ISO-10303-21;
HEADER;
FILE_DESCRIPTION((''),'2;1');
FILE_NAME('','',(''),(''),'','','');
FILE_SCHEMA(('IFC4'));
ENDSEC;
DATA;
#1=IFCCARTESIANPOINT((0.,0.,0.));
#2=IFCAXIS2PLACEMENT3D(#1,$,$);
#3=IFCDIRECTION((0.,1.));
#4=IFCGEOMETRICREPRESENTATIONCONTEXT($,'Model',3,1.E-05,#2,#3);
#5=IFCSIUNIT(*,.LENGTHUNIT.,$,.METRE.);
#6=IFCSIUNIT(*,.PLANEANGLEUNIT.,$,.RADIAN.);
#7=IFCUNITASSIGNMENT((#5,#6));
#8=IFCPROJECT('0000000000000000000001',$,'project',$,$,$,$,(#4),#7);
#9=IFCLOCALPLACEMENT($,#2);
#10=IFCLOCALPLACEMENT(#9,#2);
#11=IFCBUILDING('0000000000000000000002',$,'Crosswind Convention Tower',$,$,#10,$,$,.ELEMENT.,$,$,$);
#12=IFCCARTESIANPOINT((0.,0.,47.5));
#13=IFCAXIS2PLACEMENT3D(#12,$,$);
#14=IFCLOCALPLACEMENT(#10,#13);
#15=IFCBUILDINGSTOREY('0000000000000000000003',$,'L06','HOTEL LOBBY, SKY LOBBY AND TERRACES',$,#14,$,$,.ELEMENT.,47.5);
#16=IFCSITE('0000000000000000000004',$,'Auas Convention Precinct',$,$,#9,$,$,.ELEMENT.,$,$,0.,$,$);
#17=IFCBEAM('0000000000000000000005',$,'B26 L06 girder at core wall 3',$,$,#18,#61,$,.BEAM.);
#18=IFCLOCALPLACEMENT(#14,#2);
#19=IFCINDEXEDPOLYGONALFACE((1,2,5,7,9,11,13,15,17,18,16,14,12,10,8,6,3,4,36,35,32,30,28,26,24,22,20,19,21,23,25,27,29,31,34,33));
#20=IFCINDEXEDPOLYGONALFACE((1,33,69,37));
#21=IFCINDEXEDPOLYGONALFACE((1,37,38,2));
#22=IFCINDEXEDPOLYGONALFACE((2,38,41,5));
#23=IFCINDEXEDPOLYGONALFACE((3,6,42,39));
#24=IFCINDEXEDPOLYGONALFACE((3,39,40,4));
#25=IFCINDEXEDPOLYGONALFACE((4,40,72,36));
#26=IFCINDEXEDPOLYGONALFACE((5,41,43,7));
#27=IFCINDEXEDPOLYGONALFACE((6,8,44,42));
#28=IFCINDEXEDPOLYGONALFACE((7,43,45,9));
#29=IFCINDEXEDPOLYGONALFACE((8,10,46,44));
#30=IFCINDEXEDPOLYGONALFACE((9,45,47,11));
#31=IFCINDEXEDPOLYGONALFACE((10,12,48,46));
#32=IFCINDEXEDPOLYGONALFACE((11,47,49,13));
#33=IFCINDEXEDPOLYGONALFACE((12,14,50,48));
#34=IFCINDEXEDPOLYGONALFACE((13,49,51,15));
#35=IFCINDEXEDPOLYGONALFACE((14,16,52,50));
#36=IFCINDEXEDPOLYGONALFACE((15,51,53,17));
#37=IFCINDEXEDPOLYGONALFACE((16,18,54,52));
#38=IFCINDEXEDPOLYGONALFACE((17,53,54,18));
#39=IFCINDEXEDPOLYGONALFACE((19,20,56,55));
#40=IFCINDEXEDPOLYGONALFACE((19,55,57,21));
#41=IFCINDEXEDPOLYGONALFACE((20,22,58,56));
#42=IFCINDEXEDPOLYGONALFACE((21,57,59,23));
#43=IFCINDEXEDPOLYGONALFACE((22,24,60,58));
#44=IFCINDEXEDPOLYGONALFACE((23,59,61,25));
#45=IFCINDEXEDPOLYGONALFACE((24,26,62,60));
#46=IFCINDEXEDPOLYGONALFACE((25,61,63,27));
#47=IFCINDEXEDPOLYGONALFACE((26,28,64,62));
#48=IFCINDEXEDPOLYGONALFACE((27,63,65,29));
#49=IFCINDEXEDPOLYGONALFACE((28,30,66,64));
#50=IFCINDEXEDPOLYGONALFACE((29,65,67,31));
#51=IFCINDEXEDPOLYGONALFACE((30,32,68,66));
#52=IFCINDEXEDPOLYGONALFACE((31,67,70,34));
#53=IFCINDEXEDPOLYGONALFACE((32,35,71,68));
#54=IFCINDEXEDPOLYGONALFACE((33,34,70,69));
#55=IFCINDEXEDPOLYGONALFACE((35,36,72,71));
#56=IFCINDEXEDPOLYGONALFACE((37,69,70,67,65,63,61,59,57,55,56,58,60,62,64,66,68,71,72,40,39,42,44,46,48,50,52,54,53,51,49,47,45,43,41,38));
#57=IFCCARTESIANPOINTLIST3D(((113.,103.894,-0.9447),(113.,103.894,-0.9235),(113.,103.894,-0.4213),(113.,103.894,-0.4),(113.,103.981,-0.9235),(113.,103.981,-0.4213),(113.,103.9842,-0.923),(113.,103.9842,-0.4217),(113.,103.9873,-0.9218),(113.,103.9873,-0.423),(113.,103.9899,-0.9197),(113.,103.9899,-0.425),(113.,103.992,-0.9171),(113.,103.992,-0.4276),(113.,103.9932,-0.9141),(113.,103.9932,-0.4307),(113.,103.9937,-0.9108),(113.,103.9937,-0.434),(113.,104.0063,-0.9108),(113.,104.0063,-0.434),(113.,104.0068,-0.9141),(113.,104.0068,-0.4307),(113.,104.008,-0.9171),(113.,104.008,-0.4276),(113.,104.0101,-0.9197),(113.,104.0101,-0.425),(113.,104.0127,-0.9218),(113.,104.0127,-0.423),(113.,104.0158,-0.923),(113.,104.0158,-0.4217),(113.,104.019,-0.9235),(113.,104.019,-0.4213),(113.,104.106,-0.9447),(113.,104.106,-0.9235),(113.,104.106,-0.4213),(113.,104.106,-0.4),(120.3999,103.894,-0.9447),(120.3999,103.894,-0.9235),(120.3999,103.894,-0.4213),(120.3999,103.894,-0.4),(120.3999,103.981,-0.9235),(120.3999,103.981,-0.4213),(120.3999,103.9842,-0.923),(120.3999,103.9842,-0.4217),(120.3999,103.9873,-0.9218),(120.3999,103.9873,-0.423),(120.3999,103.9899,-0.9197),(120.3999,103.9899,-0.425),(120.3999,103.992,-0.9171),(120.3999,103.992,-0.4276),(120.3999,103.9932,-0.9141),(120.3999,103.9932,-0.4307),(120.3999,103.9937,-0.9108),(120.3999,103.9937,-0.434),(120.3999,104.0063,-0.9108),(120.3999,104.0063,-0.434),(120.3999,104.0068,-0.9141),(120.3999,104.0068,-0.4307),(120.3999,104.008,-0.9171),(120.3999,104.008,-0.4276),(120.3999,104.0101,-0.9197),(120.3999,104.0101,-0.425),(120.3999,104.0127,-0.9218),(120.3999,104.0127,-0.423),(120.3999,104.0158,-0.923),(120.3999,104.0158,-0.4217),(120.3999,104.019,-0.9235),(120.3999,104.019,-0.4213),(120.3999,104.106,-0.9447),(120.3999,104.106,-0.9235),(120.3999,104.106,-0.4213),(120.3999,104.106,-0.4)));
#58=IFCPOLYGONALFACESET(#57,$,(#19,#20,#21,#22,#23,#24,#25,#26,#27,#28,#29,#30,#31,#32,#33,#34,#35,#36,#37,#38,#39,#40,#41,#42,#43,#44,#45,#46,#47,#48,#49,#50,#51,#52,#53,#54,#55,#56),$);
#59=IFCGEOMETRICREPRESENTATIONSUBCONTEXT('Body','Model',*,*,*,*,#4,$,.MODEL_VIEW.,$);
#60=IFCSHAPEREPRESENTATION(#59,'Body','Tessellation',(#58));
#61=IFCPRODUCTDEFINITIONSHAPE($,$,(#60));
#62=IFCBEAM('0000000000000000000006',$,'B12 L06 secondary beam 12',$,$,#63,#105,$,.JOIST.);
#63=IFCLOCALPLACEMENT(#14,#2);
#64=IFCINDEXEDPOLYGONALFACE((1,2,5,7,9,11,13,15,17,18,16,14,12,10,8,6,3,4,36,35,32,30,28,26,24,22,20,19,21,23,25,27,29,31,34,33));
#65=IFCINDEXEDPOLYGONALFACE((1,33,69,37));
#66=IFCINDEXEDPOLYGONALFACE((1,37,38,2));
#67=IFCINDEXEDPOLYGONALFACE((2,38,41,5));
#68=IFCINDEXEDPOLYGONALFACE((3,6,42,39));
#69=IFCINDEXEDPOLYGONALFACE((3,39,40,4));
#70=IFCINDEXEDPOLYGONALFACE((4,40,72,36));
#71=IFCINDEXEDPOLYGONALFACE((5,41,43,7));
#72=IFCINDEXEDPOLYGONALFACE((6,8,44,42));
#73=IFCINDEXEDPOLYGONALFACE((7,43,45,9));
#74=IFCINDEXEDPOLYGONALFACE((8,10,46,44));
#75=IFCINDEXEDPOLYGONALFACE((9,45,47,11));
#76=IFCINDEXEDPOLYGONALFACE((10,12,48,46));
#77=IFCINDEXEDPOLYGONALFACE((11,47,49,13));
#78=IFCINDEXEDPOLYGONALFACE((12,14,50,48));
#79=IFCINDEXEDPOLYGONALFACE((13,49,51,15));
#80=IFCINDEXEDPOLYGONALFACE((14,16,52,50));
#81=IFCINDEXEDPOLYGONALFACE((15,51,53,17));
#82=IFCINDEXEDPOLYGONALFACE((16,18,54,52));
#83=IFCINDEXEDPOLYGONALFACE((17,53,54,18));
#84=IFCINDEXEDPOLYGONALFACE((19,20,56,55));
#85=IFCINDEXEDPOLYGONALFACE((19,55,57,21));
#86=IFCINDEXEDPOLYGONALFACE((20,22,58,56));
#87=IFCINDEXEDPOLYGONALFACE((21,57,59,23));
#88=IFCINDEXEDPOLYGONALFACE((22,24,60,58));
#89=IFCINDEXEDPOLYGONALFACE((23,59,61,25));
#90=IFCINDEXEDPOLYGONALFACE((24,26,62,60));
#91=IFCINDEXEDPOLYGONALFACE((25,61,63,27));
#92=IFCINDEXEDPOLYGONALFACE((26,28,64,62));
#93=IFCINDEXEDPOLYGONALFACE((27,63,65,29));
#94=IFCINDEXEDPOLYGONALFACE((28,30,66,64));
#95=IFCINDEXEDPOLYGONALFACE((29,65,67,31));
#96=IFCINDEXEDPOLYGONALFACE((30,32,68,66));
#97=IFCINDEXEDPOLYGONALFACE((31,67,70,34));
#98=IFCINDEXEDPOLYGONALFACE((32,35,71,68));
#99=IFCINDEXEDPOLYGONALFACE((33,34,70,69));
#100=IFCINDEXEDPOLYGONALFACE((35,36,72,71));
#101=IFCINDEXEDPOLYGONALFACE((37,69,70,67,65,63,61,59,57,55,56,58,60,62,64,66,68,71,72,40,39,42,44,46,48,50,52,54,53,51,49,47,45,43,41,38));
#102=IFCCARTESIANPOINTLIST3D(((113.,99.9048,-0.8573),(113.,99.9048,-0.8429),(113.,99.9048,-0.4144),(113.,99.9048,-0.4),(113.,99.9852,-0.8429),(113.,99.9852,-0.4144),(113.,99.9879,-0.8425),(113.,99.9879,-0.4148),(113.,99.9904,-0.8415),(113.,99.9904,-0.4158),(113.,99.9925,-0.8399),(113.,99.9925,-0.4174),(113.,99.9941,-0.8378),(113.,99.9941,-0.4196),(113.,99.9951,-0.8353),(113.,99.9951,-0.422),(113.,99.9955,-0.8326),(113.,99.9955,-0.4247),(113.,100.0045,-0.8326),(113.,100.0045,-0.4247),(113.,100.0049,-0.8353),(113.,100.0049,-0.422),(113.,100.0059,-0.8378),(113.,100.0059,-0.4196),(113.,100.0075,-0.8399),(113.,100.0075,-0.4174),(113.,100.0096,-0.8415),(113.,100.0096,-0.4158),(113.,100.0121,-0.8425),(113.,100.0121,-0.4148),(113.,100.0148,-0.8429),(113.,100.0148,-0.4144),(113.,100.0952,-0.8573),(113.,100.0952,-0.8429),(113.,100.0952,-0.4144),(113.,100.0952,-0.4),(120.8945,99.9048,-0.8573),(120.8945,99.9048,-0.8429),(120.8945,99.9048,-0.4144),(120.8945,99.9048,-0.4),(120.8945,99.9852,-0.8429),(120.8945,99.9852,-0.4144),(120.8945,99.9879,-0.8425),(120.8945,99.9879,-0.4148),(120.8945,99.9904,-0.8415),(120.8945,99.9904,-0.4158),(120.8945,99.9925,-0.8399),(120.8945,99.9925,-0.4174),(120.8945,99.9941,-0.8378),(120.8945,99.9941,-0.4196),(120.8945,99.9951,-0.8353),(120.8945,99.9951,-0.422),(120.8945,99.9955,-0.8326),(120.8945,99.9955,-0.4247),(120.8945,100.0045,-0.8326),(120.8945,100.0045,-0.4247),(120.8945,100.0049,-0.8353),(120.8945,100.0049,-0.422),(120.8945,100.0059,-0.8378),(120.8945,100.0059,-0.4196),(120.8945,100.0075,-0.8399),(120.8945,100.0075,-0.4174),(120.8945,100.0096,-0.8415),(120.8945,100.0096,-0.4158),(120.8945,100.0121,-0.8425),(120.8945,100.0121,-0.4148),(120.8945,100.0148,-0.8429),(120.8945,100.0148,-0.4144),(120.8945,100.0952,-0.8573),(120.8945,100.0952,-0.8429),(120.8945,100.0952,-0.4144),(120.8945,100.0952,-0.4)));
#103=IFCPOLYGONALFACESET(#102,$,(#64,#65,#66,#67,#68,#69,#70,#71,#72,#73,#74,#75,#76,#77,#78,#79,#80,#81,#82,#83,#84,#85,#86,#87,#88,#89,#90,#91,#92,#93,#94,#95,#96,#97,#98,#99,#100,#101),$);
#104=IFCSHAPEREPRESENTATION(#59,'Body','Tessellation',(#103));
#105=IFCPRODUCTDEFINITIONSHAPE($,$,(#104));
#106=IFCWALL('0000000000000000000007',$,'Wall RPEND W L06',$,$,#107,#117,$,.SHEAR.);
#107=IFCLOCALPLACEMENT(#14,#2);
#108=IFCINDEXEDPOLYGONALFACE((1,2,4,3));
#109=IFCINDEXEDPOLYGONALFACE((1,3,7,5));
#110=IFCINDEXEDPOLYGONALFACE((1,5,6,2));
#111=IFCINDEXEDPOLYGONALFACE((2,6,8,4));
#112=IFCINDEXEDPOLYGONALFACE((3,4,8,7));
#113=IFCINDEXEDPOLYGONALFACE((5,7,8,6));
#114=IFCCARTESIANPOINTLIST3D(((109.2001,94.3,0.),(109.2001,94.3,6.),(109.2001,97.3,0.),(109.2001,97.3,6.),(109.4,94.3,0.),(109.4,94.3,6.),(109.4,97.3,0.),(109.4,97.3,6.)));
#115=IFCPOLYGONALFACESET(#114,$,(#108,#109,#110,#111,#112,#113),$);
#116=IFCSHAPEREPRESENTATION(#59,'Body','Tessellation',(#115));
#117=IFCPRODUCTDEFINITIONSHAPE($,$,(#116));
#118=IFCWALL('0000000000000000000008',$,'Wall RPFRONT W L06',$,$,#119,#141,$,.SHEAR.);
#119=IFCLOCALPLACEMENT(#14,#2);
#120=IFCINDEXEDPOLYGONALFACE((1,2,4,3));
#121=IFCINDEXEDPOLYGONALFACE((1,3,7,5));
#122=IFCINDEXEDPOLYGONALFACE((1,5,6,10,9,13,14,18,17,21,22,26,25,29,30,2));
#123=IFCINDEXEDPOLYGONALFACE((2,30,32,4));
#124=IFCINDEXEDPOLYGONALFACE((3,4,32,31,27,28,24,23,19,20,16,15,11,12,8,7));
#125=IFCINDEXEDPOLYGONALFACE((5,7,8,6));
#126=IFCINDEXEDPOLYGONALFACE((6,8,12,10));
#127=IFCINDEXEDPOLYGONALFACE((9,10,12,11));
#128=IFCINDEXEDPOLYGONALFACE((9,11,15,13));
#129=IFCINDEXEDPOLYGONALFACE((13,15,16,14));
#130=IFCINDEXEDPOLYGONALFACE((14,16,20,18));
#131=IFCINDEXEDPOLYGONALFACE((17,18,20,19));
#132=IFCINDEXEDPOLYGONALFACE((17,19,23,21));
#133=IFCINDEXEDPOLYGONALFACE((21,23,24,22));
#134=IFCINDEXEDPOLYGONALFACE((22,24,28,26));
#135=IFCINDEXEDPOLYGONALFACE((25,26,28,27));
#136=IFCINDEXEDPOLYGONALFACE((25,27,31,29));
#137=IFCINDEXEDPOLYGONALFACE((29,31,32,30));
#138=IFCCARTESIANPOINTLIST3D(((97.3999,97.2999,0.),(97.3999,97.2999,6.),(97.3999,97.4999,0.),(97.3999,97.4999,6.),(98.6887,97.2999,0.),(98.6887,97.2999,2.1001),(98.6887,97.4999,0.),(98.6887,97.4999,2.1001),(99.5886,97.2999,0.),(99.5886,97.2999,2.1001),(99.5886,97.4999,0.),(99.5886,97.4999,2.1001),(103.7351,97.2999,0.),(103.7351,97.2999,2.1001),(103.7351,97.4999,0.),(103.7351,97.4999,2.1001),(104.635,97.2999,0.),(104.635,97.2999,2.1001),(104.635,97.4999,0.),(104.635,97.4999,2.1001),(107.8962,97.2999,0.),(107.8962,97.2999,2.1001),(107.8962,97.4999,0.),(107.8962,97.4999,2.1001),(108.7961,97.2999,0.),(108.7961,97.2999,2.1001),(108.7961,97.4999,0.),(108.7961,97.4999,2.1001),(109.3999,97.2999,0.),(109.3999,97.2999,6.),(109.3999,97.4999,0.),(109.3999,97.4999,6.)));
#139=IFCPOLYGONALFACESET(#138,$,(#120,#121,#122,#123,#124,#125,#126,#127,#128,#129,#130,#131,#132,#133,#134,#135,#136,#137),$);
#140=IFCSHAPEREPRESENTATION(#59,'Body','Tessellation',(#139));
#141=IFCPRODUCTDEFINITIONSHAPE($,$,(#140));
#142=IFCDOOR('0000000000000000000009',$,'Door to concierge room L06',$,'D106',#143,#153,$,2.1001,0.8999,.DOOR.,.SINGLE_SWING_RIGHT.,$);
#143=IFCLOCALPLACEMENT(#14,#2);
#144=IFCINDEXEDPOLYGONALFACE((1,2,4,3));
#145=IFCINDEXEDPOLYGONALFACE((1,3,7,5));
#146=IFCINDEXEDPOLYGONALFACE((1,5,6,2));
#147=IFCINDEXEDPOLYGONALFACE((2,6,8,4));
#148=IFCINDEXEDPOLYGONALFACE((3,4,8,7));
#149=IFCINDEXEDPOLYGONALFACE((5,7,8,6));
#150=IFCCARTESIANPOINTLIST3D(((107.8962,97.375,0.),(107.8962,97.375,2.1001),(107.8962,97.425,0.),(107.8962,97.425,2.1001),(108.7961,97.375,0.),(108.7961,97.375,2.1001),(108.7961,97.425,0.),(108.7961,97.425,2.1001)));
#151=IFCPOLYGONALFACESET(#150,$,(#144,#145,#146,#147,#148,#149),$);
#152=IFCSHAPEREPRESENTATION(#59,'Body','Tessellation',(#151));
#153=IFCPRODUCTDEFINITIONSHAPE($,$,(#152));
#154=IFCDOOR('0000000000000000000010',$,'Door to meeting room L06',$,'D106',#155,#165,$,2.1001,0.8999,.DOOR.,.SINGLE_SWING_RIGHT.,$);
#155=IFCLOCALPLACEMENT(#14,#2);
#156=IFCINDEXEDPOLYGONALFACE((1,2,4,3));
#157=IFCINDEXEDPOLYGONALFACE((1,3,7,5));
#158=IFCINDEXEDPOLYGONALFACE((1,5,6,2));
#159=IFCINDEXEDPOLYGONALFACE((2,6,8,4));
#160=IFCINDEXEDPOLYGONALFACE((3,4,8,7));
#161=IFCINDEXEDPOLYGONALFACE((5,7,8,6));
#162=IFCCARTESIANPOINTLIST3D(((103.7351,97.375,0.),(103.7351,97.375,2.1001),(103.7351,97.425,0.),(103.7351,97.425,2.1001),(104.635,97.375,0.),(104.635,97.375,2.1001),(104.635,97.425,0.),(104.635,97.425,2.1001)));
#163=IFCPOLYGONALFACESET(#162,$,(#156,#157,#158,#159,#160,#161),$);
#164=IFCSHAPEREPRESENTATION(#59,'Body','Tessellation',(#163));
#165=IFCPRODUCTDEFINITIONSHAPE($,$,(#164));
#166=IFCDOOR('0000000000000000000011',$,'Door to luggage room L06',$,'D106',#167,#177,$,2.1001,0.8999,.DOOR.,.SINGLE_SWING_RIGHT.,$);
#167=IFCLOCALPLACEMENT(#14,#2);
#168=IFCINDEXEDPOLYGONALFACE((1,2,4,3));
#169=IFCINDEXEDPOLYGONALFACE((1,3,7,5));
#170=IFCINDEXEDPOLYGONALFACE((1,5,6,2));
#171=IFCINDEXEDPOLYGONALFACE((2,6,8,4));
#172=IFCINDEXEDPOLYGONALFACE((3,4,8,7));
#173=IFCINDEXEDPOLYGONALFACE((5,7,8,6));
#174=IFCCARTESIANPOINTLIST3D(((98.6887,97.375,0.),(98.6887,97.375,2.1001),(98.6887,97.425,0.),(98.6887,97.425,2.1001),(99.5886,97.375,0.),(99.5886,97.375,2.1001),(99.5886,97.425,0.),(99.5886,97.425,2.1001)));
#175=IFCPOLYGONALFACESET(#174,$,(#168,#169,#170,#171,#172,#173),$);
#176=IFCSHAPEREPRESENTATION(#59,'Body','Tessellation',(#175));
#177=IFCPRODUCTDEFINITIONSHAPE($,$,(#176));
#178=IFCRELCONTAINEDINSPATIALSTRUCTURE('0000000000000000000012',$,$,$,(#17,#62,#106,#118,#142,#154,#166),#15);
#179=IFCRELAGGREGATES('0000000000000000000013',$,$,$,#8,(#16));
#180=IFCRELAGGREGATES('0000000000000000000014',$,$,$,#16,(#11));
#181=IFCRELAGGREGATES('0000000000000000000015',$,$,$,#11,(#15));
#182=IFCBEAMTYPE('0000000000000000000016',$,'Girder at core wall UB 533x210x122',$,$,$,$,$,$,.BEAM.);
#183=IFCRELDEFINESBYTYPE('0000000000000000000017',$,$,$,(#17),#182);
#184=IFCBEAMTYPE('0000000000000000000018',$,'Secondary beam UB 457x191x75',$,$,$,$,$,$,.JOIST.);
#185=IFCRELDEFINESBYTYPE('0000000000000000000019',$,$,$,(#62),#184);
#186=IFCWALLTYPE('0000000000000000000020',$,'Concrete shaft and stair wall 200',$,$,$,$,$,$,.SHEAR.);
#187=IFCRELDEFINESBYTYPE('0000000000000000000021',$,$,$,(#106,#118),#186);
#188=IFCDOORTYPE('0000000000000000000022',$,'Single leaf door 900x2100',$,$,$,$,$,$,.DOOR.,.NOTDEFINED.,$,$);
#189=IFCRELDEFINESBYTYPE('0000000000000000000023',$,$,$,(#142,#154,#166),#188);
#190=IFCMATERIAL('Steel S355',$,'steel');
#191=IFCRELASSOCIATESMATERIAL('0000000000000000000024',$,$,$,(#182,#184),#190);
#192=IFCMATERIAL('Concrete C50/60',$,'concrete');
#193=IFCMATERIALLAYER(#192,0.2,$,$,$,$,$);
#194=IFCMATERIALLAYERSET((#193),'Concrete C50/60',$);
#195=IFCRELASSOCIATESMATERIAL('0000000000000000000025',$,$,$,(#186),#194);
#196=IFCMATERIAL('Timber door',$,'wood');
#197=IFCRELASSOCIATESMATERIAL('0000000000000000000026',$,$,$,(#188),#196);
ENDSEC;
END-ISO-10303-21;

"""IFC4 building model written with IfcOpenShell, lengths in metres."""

from ifc_helpers import new_model, si_unit, direction, frame, frame_2d, origin, origin_2d, place, context, subcontext, project, spatial, rectangle, i_section, extrude, material, layer, layer_set, material_profile, profile_set, type_object, element, fill, save


model = new_model("IFC4")

# Units and contexts
model_context = context("Model", 3, precision=1e-05, world=origin(), true_north=direction((0.0, 1.0)))
body_context = subcontext(model_context, "Body", "Model", "MODEL_VIEW")
ifc_project = project(units=[si_unit("LENGTHUNIT", "METRE"), si_unit("PLANEANGLEUNIT", "RADIAN")], contexts=[model_context])

# Site, building, storey
site_placement = place(None, origin())
site = spatial("IfcSite", under=ifc_project, at=site_placement, Name="Auas Convention Precinct", CompositionType="ELEMENT", RefElevation=0.0)
building_placement = place(site_placement, origin())
building = spatial("IfcBuilding", under=site, at=building_placement, Name="Crosswind Convention Tower", CompositionType="ELEMENT")
storey_placement = place(building_placement, frame((0.0, 0.0, 47.5)))
storey = spatial("IfcBuildingStorey", under=building, at=storey_placement, Name="L06", Description="HOTEL LOBBY, SKY LOBBY AND TERRACES", CompositionType="ELEMENT", Elevation=47.5)

# Beams
ifc_material_1 = material(Name="Steel S355", Category="steel")
ifc_material_profile_1 = material_profile(ifc_material_1, i_section(OverallWidth=0.2119, OverallDepth=0.5447, WebThickness=0.0127, FlangeThickness=0.0212, FilletRadius=0.0127, at=origin_2d()), Name="UB 533x210x122")
ifc_profile_set_1 = profile_set([ifc_material_profile_1], Name="Steel S355")
beam_type_1 = type_object("IfcBeamType", Name="Girder at core wall UB 533x210x122", PredefinedType="BEAM", material=ifc_profile_set_1)
for number, where, z_axis, x_axis, name in (
    (1, (113.0, 104.0, -0.6724), (1.0, 0.0, 0.0), (0.0, 1.0, 0.0), "B26 L06 girder at core wall 3"),
):
    element("IfcBeam", number, at=place(storey_placement, frame(where, z_axis=z_axis, x_axis=x_axis)), inside=storey, type_object=beam_type_1, Name=name, PredefinedType="BEAM", context=body_context, shape_type="SweptSolid", body=[
        extrude(i_section(OverallWidth=0.2119, OverallDepth=0.5447, WebThickness=0.0127, FlangeThickness=0.0212, FilletRadius=0.0127, at=origin_2d()), origin(), (0.0, 0.0, 1.0), 7.3999),
    ])
ifc_material_profile_2 = material_profile(ifc_material_1, i_section(OverallWidth=0.1904, OverallDepth=0.4573, WebThickness=0.009, FlangeThickness=0.0144, FilletRadius=0.0103, at=origin_2d()), Name="UB 457x191x75")
ifc_profile_set_2 = profile_set([ifc_material_profile_2], Name="Steel S355")
beam_type_2 = type_object("IfcBeamType", Name="Secondary beam UB 457x191x75", PredefinedType="JOIST", material=ifc_profile_set_2)
beam_placement = place(storey_placement, frame((113.0, 100.0, -0.6287), z_axis=(1.0, 0.0, 0.0), x_axis=(0.0, 1.0, 0.0)))
element("IfcBeam", 2, at=beam_placement, inside=storey, type_object=beam_type_2, Name="B12 L06 secondary beam 12", PredefinedType="JOIST", context=body_context, shape_type="SweptSolid", body=[
    extrude(i_section(OverallWidth=0.1904, OverallDepth=0.4573, WebThickness=0.009, FlangeThickness=0.0144, FilletRadius=0.0103, at=origin_2d()), origin(), (0.0, 0.0, 1.0), 7.8945),
])

# Shared definitions
ifc_material_2 = material(Name="Concrete C50/60", Category="concrete")

# Wall
ifc_layer_1 = layer(ifc_material_2, 0.2)
ifc_layer_set_1 = layer_set([ifc_layer_1], Name="Concrete C50/60")
wall_type_1 = type_object("IfcWallType", Name="Concrete shaft and stair wall 200", PredefinedType="SHEAR", material=ifc_layer_set_1)
wall_1_placement = place(storey_placement, frame((109.3, 97.3, 0.0), z_axis=(0.0, 0.0, 1.0), x_axis=(0.0, -1.0, 0.0)))
element("IfcWall", 3, at=wall_1_placement, inside=storey, type_object=wall_type_1, Name="Wall RPEND W L06", PredefinedType="SHEAR", context=body_context, shape_type="SweptSolid", body=[
    extrude(rectangle(XDim=3.0, YDim=0.2, at=frame_2d((1.5, 0.0))), origin(), (0.0, 0.0, 1.0), 6.0),
])

# Wall, openings, doors
wall_2_placement = place(storey_placement, frame((109.3999, 97.3999, 0.0), z_axis=(0.0, 0.0, 1.0), x_axis=(-1.0, 0.0, 0.0)))
wall_2 = element("IfcWall", 4, at=wall_2_placement, inside=storey, type_object=wall_type_1, Name="Wall RPFRONT W L06", PredefinedType="SHEAR", context=body_context, shape_type="SweptSolid", body=[
    extrude(rectangle(XDim=12.0, YDim=0.2, at=frame_2d((6.0, 0.0))), origin(), (0.0, 0.0, 1.0), 6.0),
])
opening_1_placement = place(wall_2_placement, frame((0.6038, 0.0, 0.0)))
opening_1 = element("IfcOpeningElement", 5, at=opening_1_placement, cuts=wall_2, PredefinedType="OPENING", context=body_context, shape_type="SweptSolid", body=[
    extrude(rectangle(XDim=0.8999, YDim=2.1001, at=frame_2d((0.45, 1.05))), frame((0.0, 0.1099, 0.0), z_axis=(0.0, -1.0, 0.0), x_axis=(1.0, 0.0, 0.0)), (0.0, 0.0, 1.0), 0.22),
])
opening_2_placement = place(wall_2_placement, frame((4.7649, 0.0, 0.0)))
opening_2 = element("IfcOpeningElement", 6, at=opening_2_placement, cuts=wall_2, PredefinedType="OPENING", context=body_context, shape_type="SweptSolid", body=[
    extrude(rectangle(XDim=0.8999, YDim=2.1001, at=frame_2d((0.45, 1.05))), frame((0.0, 0.1099, 0.0), z_axis=(0.0, -1.0, 0.0), x_axis=(1.0, 0.0, 0.0)), (0.0, 0.0, 1.0), 0.22),
])
opening_3_placement = place(wall_2_placement, frame((9.8113, 0.0, 0.0)))
opening_3 = element("IfcOpeningElement", 7, at=opening_3_placement, cuts=wall_2, PredefinedType="OPENING", context=body_context, shape_type="SweptSolid", body=[
    extrude(rectangle(XDim=0.8999, YDim=2.1001, at=frame_2d((0.45, 1.05))), frame((0.0, 0.1099, 0.0), z_axis=(0.0, -1.0, 0.0), x_axis=(1.0, 0.0, 0.0)), (0.0, 0.0, 1.0), 0.22),
])
ifc_material_3 = material(Name="Timber door", Category="wood")
door_type_1 = type_object("IfcDoorType", Name="Single leaf door 900x2100", OperationType="NOTDEFINED", PredefinedType="DOOR", material=ifc_material_3)
door_1_placement = place(opening_1_placement, origin())
door_1 = element("IfcDoor", 8, at=door_1_placement, inside=storey, type_object=door_type_1, Name="Door to concierge room L06", ObjectType="D106", OperationType="SINGLE_SWING_RIGHT", OverallHeight=2.1001, OverallWidth=0.8999, PredefinedType="DOOR", context=body_context, shape_type="SweptSolid", body=[
    extrude(rectangle(XDim=0.8999, YDim=2.1001, at=frame_2d((0.45, 1.05))), frame((0.0, 0.0249, 0.0), z_axis=(0.0, -1.0, 0.0), x_axis=(1.0, 0.0, 0.0)), (0.0, 0.0, 1.0), 0.05),
])
fill(opening_1, door_1)
door_2_placement = place(opening_2_placement, origin())
door_2 = element("IfcDoor", 9, at=door_2_placement, inside=storey, type_object=door_type_1, Name="Door to meeting room L06", ObjectType="D106", OperationType="SINGLE_SWING_RIGHT", OverallHeight=2.1001, OverallWidth=0.8999, PredefinedType="DOOR", context=body_context, shape_type="SweptSolid", body=[
    extrude(rectangle(XDim=0.8999, YDim=2.1001, at=frame_2d((0.45, 1.05))), frame((0.0, 0.0249, 0.0), z_axis=(0.0, -1.0, 0.0), x_axis=(1.0, 0.0, 0.0)), (0.0, 0.0, 1.0), 0.05),
])
fill(opening_2, door_2)
door_3_placement = place(opening_3_placement, origin())
door_3 = element("IfcDoor", 10, at=door_3_placement, inside=storey, type_object=door_type_1, Name="Door to luggage room L06", ObjectType="D106", OperationType="SINGLE_SWING_RIGHT", OverallHeight=2.1001, OverallWidth=0.8999, PredefinedType="DOOR", context=body_context, shape_type="SweptSolid", body=[
    extrude(rectangle(XDim=0.8999, YDim=2.1001, at=frame_2d((0.45, 1.05))), frame((0.0, 0.0249, 0.0), z_axis=(0.0, -1.0, 0.0), x_axis=(1.0, 0.0, 0.0)), (0.0, 0.0, 1.0), 0.05),
])
fill(opening_3, door_3)

save(model, "model.ifc")
